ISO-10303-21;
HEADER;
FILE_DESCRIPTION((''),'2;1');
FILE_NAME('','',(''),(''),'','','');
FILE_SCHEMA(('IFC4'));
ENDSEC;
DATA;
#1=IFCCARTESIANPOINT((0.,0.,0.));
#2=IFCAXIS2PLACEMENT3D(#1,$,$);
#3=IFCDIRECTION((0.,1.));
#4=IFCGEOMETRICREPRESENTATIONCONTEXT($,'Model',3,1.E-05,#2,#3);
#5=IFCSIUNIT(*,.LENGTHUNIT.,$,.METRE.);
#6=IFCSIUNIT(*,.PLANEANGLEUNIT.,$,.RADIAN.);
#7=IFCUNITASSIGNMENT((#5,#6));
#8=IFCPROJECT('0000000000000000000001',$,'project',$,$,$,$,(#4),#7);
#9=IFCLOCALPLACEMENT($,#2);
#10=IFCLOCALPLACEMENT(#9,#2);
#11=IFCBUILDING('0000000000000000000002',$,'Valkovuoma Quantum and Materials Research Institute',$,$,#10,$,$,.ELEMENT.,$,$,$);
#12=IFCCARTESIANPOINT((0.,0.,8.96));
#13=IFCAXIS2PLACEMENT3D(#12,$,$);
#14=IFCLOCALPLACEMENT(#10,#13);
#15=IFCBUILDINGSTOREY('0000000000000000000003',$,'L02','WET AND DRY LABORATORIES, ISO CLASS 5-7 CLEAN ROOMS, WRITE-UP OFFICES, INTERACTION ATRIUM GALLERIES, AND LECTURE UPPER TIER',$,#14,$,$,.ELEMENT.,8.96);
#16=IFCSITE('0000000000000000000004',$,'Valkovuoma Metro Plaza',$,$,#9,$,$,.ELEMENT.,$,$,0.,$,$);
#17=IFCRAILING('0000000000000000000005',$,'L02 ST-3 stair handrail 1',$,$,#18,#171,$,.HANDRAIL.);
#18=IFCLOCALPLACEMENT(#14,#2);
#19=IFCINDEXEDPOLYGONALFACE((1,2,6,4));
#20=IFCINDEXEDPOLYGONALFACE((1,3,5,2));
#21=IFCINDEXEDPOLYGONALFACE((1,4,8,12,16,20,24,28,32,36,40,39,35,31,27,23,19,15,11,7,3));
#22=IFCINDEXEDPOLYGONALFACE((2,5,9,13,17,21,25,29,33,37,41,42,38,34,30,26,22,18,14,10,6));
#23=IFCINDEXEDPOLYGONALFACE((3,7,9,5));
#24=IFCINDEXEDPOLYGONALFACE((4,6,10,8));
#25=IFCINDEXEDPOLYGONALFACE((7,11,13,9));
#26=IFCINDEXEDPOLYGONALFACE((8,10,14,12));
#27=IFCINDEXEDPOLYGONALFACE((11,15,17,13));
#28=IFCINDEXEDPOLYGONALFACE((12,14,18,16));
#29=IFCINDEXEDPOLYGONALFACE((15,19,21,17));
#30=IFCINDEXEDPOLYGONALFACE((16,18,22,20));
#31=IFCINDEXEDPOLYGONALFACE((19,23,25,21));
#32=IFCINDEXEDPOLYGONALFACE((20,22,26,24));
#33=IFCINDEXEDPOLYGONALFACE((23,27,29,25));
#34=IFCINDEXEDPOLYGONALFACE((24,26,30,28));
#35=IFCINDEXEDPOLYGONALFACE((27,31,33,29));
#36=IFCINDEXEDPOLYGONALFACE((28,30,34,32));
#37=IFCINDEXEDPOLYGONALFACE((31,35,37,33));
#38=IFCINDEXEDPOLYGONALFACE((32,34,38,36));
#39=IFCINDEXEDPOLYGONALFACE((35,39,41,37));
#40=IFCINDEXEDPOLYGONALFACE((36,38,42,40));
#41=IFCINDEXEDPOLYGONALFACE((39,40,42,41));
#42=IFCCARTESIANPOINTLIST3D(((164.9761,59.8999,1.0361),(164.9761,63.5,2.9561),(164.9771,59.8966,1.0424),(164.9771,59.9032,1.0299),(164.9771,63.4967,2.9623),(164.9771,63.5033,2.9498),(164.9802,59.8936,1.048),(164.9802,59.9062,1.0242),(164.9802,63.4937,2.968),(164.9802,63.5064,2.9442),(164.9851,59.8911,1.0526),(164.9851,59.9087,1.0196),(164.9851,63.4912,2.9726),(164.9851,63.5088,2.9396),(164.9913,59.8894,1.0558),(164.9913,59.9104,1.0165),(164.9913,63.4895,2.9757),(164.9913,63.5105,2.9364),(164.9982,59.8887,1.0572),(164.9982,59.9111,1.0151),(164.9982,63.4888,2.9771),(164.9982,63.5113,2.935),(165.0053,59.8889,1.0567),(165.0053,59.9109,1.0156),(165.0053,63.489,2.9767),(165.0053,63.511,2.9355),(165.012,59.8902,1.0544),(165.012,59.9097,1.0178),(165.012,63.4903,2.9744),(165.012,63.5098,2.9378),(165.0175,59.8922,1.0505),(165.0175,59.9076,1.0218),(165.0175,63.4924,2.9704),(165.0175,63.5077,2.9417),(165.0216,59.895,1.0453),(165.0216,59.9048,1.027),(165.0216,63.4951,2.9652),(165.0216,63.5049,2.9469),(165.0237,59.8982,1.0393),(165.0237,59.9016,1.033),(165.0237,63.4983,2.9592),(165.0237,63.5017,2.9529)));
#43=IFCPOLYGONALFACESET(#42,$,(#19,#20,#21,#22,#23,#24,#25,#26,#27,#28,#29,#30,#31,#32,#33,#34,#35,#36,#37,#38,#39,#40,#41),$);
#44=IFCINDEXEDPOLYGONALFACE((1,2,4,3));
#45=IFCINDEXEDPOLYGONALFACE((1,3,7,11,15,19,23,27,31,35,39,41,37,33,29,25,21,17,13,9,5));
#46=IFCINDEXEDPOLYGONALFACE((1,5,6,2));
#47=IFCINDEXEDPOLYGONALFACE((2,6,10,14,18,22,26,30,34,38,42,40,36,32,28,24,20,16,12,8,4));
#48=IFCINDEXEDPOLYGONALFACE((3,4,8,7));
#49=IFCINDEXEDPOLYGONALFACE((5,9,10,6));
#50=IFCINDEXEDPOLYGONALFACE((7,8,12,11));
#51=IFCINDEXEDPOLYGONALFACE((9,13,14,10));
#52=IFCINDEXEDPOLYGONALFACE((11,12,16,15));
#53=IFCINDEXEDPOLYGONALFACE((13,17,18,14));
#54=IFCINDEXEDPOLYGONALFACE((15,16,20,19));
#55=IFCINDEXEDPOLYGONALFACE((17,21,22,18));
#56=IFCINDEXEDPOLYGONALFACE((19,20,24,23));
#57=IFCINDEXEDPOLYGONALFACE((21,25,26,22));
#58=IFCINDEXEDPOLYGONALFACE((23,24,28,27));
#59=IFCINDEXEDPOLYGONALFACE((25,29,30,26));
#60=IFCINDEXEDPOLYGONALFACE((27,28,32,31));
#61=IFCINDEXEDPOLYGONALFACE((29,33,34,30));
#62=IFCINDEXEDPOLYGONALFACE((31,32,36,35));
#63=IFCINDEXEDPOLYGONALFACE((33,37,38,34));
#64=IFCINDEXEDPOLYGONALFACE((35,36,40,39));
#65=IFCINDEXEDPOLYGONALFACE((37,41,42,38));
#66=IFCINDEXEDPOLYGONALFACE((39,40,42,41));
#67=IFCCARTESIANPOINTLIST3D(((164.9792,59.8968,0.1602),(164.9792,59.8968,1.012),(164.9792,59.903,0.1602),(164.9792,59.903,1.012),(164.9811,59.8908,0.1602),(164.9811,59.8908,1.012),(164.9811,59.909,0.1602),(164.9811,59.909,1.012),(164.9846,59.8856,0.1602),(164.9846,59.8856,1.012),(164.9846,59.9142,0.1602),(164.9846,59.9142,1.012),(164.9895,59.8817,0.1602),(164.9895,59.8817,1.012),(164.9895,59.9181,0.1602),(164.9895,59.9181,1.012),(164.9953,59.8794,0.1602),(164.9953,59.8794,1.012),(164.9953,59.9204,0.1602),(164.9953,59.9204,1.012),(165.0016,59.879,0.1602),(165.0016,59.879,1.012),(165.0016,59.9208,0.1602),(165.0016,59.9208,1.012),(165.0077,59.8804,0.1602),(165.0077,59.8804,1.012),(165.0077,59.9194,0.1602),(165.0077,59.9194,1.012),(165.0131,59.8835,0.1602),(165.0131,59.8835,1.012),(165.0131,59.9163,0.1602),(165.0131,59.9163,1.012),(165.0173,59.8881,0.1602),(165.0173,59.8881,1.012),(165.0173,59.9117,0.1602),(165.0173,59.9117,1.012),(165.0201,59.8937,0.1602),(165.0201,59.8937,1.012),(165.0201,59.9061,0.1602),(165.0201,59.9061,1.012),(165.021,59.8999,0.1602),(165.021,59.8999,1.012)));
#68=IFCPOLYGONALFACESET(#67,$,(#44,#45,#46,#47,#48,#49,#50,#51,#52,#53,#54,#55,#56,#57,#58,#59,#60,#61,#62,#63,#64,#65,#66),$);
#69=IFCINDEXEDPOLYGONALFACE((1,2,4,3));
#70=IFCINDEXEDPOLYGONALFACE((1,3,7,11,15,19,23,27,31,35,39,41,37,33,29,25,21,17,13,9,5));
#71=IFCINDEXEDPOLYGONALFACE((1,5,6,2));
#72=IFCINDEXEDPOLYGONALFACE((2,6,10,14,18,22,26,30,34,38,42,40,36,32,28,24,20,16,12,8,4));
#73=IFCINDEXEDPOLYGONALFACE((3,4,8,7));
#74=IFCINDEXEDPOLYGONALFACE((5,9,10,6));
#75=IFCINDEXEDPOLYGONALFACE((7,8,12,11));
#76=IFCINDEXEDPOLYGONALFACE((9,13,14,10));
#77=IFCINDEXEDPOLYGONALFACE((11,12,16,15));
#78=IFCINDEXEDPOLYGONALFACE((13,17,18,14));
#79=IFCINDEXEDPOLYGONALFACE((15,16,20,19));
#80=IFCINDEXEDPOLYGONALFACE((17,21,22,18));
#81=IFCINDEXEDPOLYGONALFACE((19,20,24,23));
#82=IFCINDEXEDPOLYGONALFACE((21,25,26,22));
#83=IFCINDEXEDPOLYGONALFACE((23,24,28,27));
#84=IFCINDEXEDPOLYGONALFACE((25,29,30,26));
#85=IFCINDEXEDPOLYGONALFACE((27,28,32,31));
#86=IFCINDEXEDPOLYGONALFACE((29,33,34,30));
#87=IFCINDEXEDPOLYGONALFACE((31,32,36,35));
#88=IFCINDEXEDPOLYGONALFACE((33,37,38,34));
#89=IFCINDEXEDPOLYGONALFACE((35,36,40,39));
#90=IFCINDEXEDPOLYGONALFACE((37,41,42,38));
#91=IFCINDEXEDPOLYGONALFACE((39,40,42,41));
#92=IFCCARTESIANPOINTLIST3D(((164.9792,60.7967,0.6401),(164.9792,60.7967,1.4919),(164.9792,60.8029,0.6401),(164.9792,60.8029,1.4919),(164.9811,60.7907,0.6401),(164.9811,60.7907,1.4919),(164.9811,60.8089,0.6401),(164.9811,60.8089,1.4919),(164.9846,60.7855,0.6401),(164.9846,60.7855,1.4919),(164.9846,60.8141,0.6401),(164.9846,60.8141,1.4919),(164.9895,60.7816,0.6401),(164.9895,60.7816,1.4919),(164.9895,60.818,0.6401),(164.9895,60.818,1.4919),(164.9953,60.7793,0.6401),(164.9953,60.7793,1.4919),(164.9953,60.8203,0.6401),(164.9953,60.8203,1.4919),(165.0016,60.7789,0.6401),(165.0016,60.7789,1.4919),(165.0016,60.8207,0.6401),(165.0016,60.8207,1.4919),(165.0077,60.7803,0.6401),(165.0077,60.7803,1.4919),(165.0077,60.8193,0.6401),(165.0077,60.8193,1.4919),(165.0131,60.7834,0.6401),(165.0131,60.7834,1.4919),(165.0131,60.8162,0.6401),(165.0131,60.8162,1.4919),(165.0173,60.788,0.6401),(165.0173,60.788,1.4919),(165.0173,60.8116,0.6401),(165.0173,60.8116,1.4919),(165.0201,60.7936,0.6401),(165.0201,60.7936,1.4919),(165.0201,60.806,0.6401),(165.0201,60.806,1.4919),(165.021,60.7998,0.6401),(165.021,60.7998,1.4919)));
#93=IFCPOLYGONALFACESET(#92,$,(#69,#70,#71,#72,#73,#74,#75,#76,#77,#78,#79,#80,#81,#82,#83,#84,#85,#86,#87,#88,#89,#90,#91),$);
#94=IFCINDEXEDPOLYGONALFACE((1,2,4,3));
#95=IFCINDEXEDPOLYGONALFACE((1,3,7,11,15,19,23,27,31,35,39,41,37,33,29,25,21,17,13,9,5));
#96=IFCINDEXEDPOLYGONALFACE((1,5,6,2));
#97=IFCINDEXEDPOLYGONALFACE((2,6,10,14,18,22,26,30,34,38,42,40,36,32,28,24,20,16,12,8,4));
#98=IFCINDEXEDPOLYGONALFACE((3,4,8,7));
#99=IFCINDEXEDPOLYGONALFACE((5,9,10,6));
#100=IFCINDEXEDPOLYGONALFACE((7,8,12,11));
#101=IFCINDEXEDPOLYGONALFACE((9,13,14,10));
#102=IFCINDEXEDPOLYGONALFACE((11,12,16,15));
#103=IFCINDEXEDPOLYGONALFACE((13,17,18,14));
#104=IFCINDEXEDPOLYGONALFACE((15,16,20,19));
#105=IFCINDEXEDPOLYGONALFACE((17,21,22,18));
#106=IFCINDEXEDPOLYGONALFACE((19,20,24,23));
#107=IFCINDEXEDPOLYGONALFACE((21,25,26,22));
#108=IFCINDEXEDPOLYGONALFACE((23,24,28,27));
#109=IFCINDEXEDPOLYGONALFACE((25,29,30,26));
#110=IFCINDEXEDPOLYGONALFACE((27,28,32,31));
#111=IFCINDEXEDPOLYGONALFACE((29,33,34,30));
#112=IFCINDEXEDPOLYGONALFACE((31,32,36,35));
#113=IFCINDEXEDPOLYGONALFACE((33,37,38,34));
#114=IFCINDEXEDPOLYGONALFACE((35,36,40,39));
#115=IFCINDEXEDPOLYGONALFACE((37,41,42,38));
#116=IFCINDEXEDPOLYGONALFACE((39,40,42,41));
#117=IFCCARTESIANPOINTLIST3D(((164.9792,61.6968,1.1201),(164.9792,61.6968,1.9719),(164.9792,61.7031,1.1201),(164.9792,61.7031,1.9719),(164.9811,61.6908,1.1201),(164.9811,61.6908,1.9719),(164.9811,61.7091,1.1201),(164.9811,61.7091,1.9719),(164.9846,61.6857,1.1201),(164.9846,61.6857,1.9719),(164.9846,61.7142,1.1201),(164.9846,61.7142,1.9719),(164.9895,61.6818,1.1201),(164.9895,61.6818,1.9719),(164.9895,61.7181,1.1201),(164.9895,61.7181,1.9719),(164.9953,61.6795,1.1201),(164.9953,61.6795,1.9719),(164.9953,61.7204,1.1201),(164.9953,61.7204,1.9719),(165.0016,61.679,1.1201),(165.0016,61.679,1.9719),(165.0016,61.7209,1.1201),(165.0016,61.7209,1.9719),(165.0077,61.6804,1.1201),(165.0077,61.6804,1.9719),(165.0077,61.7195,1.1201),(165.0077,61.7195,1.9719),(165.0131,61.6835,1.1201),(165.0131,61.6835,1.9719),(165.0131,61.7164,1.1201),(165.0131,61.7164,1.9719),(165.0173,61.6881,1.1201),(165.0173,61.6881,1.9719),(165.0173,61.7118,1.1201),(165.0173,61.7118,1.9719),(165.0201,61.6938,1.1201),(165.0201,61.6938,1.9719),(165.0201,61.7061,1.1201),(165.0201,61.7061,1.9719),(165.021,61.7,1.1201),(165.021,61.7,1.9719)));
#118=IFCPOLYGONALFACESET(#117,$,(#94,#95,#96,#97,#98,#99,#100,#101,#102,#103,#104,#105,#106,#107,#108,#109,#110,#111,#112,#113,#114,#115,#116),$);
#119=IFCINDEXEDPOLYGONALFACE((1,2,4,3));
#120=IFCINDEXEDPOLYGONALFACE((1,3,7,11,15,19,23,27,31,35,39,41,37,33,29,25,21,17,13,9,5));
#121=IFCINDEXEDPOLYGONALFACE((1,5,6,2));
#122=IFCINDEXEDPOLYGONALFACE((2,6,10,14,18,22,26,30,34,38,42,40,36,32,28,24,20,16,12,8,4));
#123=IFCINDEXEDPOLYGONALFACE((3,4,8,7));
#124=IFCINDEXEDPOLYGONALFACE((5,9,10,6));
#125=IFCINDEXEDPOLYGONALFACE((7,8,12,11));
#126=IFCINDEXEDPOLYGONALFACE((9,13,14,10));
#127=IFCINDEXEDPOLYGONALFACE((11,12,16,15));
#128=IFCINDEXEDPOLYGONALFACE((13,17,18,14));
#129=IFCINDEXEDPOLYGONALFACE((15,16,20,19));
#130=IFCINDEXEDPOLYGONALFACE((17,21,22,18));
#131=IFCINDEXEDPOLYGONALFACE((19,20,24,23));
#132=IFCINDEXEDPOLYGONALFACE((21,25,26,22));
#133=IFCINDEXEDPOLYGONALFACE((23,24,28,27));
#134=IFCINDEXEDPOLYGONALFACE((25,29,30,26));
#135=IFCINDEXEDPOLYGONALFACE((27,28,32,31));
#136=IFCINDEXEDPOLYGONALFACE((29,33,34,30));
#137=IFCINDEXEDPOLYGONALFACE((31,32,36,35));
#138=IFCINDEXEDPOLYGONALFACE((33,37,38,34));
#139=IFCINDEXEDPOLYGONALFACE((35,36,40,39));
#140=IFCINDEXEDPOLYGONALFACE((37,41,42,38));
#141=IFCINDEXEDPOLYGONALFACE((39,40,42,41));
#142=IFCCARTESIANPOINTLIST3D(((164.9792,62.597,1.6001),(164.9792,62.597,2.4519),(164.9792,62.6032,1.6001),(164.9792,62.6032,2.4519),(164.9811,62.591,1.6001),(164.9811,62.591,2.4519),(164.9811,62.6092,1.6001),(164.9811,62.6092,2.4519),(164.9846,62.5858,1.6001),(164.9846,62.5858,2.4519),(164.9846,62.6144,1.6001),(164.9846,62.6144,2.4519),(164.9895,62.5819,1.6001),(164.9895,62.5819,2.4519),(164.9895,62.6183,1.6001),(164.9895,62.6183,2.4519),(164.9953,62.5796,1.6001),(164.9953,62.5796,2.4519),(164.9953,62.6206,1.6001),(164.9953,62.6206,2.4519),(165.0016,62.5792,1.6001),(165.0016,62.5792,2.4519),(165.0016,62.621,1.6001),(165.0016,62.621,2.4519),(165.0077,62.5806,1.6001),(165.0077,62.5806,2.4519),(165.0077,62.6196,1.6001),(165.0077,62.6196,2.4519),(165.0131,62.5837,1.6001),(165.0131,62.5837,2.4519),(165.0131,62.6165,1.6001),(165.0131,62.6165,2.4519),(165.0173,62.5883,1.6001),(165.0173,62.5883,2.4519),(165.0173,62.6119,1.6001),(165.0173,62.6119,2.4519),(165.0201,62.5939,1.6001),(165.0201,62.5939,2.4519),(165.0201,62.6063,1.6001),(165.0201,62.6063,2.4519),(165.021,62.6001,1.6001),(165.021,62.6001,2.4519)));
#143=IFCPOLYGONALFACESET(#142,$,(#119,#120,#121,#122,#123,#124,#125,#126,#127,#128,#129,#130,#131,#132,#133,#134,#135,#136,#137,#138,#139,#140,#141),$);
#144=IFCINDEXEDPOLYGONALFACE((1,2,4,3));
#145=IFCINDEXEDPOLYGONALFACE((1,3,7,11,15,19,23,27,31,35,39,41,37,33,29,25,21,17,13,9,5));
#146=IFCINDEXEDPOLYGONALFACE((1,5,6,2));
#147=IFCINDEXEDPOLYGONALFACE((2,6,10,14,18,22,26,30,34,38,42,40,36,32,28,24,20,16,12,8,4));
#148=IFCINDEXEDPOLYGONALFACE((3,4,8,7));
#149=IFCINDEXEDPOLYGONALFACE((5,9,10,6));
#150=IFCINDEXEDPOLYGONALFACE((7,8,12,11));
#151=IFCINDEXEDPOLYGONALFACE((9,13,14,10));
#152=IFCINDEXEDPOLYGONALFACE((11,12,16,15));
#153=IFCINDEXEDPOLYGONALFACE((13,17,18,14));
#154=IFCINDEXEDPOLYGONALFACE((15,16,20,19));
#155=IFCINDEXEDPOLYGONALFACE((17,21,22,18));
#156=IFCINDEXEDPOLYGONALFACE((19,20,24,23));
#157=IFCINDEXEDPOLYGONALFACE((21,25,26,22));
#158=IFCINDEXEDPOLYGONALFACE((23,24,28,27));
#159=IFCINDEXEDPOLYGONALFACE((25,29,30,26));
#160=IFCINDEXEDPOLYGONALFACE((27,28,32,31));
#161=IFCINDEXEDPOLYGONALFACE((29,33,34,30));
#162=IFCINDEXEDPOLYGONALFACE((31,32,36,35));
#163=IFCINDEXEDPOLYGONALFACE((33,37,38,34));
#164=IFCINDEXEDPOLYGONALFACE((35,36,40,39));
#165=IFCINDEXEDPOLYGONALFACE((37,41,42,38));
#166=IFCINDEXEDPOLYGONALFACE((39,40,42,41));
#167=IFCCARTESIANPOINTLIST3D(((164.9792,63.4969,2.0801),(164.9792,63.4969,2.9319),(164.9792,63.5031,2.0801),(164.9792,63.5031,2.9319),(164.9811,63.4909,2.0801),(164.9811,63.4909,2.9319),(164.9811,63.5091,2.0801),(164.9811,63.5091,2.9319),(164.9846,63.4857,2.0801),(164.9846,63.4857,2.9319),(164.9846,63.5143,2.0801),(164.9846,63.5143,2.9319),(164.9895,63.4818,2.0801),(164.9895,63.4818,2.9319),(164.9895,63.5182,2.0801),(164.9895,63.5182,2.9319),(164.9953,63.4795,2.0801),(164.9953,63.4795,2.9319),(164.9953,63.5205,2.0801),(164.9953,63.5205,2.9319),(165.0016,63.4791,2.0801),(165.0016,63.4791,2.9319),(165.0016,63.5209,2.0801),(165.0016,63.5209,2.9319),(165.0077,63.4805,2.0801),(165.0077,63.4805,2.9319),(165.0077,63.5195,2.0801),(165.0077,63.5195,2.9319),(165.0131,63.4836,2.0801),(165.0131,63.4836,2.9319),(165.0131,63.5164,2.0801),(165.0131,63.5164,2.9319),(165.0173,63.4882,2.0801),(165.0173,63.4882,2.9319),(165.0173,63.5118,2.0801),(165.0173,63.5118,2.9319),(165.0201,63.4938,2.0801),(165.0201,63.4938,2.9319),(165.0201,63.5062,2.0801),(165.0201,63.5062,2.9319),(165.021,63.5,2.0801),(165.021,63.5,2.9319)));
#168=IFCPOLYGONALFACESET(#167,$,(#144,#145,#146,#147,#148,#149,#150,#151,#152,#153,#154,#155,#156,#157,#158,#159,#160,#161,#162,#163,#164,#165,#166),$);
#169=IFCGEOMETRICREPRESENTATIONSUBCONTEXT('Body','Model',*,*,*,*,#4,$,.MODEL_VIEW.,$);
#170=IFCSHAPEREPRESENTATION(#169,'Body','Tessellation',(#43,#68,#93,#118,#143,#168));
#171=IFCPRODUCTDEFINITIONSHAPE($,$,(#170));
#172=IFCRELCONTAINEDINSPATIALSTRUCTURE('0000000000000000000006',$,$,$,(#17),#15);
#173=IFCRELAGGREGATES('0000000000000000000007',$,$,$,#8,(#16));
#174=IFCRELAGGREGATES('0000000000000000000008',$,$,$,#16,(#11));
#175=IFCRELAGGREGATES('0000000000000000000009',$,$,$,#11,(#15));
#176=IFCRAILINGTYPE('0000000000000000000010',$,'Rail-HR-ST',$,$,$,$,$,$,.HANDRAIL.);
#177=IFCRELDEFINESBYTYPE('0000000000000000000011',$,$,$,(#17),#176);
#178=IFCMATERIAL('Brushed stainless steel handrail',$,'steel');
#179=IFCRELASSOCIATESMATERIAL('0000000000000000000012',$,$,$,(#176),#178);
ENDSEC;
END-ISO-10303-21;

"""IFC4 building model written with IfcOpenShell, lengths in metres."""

from ifc_helpers import new_model, si_unit, direction, frame, origin, origin_2d, place, context, subcontext, project, spatial, circle, extrude, material, type_object, element, save


model = new_model("IFC4")

# Units and contexts
model_context = context("Model", 3, precision=1e-05, world=origin(), true_north=direction((0.0, 1.0)))
body_context = subcontext(model_context, "Body", "Model", "MODEL_VIEW")
ifc_project = project(units=[si_unit("LENGTHUNIT", "METRE"), si_unit("PLANEANGLEUNIT", "RADIAN")], contexts=[model_context])

# Site, building, storey
site_placement = place(None, origin())
site = spatial("IfcSite", under=ifc_project, at=site_placement, Name="Valkovuoma Metro Plaza", CompositionType="ELEMENT", RefElevation=0.0)
building_placement = place(site_placement, origin())
building = spatial("IfcBuilding", under=site, at=building_placement, Name="Valkovuoma Quantum and Materials Research Institute", CompositionType="ELEMENT")
storey_placement = place(building_placement, frame((0.0, 0.0, 8.96)))
storey = spatial("IfcBuildingStorey", under=building, at=storey_placement, Name="L02", Description="WET AND DRY LABORATORIES, ISO CLASS 5-7 CLEAN ROOMS, WRITE-UP OFFICES, INTERACTION ATRIUM GALLERIES, AND LECTURE UPPER TIER", CompositionType="ELEMENT", Elevation=8.96)

# Railing
ifc_material_1 = material(Name="Brushed stainless steel handrail", Category="steel")
railing_type_1 = type_object("IfcRailingType", Name="Rail-HR-ST", PredefinedType="HANDRAIL", material=ifc_material_1)
railing_1_placement = place(storey_placement, frame((165.0, 59.8999, 0.1602)))
element("IfcRailing", 1, at=railing_1_placement, inside=storey, type_object=railing_type_1, Name="L02 ST-3 stair handrail 1", PredefinedType="HANDRAIL", context=body_context, shape_type="SweptSolid", body=[
    extrude(circle(Radius=0.0239, at=origin_2d()), frame((0.0, 0.0, 0.876), z_axis=(0.0, 0.882366, 0.470563), x_axis=(-1.0, 0.0, 0.0)), (0.0, 0.0, 1.0), 4.0801),
    extrude(circle(Radius=0.021, at=origin_2d()), origin(), (0.0, 0.0, 1.0), 0.8518),
    extrude(circle(Radius=0.021, at=origin_2d()), frame((0.0, 0.8999, 0.48)), (0.0, 0.0, 1.0), 0.8518),
    extrude(circle(Radius=0.021, at=origin_2d()), frame((0.0, 1.8, 0.96)), (0.0, 0.0, 1.0), 0.8518),
    extrude(circle(Radius=0.021, at=origin_2d()), frame((0.0, 2.7002, 1.4399)), (0.0, 0.0, 1.0), 0.8518),
    extrude(circle(Radius=0.021, at=origin_2d()), frame((0.0, 3.6001, 1.9199)), (0.0, 0.0, 1.0), 0.8518),
])

save(model, "model.ifc")
